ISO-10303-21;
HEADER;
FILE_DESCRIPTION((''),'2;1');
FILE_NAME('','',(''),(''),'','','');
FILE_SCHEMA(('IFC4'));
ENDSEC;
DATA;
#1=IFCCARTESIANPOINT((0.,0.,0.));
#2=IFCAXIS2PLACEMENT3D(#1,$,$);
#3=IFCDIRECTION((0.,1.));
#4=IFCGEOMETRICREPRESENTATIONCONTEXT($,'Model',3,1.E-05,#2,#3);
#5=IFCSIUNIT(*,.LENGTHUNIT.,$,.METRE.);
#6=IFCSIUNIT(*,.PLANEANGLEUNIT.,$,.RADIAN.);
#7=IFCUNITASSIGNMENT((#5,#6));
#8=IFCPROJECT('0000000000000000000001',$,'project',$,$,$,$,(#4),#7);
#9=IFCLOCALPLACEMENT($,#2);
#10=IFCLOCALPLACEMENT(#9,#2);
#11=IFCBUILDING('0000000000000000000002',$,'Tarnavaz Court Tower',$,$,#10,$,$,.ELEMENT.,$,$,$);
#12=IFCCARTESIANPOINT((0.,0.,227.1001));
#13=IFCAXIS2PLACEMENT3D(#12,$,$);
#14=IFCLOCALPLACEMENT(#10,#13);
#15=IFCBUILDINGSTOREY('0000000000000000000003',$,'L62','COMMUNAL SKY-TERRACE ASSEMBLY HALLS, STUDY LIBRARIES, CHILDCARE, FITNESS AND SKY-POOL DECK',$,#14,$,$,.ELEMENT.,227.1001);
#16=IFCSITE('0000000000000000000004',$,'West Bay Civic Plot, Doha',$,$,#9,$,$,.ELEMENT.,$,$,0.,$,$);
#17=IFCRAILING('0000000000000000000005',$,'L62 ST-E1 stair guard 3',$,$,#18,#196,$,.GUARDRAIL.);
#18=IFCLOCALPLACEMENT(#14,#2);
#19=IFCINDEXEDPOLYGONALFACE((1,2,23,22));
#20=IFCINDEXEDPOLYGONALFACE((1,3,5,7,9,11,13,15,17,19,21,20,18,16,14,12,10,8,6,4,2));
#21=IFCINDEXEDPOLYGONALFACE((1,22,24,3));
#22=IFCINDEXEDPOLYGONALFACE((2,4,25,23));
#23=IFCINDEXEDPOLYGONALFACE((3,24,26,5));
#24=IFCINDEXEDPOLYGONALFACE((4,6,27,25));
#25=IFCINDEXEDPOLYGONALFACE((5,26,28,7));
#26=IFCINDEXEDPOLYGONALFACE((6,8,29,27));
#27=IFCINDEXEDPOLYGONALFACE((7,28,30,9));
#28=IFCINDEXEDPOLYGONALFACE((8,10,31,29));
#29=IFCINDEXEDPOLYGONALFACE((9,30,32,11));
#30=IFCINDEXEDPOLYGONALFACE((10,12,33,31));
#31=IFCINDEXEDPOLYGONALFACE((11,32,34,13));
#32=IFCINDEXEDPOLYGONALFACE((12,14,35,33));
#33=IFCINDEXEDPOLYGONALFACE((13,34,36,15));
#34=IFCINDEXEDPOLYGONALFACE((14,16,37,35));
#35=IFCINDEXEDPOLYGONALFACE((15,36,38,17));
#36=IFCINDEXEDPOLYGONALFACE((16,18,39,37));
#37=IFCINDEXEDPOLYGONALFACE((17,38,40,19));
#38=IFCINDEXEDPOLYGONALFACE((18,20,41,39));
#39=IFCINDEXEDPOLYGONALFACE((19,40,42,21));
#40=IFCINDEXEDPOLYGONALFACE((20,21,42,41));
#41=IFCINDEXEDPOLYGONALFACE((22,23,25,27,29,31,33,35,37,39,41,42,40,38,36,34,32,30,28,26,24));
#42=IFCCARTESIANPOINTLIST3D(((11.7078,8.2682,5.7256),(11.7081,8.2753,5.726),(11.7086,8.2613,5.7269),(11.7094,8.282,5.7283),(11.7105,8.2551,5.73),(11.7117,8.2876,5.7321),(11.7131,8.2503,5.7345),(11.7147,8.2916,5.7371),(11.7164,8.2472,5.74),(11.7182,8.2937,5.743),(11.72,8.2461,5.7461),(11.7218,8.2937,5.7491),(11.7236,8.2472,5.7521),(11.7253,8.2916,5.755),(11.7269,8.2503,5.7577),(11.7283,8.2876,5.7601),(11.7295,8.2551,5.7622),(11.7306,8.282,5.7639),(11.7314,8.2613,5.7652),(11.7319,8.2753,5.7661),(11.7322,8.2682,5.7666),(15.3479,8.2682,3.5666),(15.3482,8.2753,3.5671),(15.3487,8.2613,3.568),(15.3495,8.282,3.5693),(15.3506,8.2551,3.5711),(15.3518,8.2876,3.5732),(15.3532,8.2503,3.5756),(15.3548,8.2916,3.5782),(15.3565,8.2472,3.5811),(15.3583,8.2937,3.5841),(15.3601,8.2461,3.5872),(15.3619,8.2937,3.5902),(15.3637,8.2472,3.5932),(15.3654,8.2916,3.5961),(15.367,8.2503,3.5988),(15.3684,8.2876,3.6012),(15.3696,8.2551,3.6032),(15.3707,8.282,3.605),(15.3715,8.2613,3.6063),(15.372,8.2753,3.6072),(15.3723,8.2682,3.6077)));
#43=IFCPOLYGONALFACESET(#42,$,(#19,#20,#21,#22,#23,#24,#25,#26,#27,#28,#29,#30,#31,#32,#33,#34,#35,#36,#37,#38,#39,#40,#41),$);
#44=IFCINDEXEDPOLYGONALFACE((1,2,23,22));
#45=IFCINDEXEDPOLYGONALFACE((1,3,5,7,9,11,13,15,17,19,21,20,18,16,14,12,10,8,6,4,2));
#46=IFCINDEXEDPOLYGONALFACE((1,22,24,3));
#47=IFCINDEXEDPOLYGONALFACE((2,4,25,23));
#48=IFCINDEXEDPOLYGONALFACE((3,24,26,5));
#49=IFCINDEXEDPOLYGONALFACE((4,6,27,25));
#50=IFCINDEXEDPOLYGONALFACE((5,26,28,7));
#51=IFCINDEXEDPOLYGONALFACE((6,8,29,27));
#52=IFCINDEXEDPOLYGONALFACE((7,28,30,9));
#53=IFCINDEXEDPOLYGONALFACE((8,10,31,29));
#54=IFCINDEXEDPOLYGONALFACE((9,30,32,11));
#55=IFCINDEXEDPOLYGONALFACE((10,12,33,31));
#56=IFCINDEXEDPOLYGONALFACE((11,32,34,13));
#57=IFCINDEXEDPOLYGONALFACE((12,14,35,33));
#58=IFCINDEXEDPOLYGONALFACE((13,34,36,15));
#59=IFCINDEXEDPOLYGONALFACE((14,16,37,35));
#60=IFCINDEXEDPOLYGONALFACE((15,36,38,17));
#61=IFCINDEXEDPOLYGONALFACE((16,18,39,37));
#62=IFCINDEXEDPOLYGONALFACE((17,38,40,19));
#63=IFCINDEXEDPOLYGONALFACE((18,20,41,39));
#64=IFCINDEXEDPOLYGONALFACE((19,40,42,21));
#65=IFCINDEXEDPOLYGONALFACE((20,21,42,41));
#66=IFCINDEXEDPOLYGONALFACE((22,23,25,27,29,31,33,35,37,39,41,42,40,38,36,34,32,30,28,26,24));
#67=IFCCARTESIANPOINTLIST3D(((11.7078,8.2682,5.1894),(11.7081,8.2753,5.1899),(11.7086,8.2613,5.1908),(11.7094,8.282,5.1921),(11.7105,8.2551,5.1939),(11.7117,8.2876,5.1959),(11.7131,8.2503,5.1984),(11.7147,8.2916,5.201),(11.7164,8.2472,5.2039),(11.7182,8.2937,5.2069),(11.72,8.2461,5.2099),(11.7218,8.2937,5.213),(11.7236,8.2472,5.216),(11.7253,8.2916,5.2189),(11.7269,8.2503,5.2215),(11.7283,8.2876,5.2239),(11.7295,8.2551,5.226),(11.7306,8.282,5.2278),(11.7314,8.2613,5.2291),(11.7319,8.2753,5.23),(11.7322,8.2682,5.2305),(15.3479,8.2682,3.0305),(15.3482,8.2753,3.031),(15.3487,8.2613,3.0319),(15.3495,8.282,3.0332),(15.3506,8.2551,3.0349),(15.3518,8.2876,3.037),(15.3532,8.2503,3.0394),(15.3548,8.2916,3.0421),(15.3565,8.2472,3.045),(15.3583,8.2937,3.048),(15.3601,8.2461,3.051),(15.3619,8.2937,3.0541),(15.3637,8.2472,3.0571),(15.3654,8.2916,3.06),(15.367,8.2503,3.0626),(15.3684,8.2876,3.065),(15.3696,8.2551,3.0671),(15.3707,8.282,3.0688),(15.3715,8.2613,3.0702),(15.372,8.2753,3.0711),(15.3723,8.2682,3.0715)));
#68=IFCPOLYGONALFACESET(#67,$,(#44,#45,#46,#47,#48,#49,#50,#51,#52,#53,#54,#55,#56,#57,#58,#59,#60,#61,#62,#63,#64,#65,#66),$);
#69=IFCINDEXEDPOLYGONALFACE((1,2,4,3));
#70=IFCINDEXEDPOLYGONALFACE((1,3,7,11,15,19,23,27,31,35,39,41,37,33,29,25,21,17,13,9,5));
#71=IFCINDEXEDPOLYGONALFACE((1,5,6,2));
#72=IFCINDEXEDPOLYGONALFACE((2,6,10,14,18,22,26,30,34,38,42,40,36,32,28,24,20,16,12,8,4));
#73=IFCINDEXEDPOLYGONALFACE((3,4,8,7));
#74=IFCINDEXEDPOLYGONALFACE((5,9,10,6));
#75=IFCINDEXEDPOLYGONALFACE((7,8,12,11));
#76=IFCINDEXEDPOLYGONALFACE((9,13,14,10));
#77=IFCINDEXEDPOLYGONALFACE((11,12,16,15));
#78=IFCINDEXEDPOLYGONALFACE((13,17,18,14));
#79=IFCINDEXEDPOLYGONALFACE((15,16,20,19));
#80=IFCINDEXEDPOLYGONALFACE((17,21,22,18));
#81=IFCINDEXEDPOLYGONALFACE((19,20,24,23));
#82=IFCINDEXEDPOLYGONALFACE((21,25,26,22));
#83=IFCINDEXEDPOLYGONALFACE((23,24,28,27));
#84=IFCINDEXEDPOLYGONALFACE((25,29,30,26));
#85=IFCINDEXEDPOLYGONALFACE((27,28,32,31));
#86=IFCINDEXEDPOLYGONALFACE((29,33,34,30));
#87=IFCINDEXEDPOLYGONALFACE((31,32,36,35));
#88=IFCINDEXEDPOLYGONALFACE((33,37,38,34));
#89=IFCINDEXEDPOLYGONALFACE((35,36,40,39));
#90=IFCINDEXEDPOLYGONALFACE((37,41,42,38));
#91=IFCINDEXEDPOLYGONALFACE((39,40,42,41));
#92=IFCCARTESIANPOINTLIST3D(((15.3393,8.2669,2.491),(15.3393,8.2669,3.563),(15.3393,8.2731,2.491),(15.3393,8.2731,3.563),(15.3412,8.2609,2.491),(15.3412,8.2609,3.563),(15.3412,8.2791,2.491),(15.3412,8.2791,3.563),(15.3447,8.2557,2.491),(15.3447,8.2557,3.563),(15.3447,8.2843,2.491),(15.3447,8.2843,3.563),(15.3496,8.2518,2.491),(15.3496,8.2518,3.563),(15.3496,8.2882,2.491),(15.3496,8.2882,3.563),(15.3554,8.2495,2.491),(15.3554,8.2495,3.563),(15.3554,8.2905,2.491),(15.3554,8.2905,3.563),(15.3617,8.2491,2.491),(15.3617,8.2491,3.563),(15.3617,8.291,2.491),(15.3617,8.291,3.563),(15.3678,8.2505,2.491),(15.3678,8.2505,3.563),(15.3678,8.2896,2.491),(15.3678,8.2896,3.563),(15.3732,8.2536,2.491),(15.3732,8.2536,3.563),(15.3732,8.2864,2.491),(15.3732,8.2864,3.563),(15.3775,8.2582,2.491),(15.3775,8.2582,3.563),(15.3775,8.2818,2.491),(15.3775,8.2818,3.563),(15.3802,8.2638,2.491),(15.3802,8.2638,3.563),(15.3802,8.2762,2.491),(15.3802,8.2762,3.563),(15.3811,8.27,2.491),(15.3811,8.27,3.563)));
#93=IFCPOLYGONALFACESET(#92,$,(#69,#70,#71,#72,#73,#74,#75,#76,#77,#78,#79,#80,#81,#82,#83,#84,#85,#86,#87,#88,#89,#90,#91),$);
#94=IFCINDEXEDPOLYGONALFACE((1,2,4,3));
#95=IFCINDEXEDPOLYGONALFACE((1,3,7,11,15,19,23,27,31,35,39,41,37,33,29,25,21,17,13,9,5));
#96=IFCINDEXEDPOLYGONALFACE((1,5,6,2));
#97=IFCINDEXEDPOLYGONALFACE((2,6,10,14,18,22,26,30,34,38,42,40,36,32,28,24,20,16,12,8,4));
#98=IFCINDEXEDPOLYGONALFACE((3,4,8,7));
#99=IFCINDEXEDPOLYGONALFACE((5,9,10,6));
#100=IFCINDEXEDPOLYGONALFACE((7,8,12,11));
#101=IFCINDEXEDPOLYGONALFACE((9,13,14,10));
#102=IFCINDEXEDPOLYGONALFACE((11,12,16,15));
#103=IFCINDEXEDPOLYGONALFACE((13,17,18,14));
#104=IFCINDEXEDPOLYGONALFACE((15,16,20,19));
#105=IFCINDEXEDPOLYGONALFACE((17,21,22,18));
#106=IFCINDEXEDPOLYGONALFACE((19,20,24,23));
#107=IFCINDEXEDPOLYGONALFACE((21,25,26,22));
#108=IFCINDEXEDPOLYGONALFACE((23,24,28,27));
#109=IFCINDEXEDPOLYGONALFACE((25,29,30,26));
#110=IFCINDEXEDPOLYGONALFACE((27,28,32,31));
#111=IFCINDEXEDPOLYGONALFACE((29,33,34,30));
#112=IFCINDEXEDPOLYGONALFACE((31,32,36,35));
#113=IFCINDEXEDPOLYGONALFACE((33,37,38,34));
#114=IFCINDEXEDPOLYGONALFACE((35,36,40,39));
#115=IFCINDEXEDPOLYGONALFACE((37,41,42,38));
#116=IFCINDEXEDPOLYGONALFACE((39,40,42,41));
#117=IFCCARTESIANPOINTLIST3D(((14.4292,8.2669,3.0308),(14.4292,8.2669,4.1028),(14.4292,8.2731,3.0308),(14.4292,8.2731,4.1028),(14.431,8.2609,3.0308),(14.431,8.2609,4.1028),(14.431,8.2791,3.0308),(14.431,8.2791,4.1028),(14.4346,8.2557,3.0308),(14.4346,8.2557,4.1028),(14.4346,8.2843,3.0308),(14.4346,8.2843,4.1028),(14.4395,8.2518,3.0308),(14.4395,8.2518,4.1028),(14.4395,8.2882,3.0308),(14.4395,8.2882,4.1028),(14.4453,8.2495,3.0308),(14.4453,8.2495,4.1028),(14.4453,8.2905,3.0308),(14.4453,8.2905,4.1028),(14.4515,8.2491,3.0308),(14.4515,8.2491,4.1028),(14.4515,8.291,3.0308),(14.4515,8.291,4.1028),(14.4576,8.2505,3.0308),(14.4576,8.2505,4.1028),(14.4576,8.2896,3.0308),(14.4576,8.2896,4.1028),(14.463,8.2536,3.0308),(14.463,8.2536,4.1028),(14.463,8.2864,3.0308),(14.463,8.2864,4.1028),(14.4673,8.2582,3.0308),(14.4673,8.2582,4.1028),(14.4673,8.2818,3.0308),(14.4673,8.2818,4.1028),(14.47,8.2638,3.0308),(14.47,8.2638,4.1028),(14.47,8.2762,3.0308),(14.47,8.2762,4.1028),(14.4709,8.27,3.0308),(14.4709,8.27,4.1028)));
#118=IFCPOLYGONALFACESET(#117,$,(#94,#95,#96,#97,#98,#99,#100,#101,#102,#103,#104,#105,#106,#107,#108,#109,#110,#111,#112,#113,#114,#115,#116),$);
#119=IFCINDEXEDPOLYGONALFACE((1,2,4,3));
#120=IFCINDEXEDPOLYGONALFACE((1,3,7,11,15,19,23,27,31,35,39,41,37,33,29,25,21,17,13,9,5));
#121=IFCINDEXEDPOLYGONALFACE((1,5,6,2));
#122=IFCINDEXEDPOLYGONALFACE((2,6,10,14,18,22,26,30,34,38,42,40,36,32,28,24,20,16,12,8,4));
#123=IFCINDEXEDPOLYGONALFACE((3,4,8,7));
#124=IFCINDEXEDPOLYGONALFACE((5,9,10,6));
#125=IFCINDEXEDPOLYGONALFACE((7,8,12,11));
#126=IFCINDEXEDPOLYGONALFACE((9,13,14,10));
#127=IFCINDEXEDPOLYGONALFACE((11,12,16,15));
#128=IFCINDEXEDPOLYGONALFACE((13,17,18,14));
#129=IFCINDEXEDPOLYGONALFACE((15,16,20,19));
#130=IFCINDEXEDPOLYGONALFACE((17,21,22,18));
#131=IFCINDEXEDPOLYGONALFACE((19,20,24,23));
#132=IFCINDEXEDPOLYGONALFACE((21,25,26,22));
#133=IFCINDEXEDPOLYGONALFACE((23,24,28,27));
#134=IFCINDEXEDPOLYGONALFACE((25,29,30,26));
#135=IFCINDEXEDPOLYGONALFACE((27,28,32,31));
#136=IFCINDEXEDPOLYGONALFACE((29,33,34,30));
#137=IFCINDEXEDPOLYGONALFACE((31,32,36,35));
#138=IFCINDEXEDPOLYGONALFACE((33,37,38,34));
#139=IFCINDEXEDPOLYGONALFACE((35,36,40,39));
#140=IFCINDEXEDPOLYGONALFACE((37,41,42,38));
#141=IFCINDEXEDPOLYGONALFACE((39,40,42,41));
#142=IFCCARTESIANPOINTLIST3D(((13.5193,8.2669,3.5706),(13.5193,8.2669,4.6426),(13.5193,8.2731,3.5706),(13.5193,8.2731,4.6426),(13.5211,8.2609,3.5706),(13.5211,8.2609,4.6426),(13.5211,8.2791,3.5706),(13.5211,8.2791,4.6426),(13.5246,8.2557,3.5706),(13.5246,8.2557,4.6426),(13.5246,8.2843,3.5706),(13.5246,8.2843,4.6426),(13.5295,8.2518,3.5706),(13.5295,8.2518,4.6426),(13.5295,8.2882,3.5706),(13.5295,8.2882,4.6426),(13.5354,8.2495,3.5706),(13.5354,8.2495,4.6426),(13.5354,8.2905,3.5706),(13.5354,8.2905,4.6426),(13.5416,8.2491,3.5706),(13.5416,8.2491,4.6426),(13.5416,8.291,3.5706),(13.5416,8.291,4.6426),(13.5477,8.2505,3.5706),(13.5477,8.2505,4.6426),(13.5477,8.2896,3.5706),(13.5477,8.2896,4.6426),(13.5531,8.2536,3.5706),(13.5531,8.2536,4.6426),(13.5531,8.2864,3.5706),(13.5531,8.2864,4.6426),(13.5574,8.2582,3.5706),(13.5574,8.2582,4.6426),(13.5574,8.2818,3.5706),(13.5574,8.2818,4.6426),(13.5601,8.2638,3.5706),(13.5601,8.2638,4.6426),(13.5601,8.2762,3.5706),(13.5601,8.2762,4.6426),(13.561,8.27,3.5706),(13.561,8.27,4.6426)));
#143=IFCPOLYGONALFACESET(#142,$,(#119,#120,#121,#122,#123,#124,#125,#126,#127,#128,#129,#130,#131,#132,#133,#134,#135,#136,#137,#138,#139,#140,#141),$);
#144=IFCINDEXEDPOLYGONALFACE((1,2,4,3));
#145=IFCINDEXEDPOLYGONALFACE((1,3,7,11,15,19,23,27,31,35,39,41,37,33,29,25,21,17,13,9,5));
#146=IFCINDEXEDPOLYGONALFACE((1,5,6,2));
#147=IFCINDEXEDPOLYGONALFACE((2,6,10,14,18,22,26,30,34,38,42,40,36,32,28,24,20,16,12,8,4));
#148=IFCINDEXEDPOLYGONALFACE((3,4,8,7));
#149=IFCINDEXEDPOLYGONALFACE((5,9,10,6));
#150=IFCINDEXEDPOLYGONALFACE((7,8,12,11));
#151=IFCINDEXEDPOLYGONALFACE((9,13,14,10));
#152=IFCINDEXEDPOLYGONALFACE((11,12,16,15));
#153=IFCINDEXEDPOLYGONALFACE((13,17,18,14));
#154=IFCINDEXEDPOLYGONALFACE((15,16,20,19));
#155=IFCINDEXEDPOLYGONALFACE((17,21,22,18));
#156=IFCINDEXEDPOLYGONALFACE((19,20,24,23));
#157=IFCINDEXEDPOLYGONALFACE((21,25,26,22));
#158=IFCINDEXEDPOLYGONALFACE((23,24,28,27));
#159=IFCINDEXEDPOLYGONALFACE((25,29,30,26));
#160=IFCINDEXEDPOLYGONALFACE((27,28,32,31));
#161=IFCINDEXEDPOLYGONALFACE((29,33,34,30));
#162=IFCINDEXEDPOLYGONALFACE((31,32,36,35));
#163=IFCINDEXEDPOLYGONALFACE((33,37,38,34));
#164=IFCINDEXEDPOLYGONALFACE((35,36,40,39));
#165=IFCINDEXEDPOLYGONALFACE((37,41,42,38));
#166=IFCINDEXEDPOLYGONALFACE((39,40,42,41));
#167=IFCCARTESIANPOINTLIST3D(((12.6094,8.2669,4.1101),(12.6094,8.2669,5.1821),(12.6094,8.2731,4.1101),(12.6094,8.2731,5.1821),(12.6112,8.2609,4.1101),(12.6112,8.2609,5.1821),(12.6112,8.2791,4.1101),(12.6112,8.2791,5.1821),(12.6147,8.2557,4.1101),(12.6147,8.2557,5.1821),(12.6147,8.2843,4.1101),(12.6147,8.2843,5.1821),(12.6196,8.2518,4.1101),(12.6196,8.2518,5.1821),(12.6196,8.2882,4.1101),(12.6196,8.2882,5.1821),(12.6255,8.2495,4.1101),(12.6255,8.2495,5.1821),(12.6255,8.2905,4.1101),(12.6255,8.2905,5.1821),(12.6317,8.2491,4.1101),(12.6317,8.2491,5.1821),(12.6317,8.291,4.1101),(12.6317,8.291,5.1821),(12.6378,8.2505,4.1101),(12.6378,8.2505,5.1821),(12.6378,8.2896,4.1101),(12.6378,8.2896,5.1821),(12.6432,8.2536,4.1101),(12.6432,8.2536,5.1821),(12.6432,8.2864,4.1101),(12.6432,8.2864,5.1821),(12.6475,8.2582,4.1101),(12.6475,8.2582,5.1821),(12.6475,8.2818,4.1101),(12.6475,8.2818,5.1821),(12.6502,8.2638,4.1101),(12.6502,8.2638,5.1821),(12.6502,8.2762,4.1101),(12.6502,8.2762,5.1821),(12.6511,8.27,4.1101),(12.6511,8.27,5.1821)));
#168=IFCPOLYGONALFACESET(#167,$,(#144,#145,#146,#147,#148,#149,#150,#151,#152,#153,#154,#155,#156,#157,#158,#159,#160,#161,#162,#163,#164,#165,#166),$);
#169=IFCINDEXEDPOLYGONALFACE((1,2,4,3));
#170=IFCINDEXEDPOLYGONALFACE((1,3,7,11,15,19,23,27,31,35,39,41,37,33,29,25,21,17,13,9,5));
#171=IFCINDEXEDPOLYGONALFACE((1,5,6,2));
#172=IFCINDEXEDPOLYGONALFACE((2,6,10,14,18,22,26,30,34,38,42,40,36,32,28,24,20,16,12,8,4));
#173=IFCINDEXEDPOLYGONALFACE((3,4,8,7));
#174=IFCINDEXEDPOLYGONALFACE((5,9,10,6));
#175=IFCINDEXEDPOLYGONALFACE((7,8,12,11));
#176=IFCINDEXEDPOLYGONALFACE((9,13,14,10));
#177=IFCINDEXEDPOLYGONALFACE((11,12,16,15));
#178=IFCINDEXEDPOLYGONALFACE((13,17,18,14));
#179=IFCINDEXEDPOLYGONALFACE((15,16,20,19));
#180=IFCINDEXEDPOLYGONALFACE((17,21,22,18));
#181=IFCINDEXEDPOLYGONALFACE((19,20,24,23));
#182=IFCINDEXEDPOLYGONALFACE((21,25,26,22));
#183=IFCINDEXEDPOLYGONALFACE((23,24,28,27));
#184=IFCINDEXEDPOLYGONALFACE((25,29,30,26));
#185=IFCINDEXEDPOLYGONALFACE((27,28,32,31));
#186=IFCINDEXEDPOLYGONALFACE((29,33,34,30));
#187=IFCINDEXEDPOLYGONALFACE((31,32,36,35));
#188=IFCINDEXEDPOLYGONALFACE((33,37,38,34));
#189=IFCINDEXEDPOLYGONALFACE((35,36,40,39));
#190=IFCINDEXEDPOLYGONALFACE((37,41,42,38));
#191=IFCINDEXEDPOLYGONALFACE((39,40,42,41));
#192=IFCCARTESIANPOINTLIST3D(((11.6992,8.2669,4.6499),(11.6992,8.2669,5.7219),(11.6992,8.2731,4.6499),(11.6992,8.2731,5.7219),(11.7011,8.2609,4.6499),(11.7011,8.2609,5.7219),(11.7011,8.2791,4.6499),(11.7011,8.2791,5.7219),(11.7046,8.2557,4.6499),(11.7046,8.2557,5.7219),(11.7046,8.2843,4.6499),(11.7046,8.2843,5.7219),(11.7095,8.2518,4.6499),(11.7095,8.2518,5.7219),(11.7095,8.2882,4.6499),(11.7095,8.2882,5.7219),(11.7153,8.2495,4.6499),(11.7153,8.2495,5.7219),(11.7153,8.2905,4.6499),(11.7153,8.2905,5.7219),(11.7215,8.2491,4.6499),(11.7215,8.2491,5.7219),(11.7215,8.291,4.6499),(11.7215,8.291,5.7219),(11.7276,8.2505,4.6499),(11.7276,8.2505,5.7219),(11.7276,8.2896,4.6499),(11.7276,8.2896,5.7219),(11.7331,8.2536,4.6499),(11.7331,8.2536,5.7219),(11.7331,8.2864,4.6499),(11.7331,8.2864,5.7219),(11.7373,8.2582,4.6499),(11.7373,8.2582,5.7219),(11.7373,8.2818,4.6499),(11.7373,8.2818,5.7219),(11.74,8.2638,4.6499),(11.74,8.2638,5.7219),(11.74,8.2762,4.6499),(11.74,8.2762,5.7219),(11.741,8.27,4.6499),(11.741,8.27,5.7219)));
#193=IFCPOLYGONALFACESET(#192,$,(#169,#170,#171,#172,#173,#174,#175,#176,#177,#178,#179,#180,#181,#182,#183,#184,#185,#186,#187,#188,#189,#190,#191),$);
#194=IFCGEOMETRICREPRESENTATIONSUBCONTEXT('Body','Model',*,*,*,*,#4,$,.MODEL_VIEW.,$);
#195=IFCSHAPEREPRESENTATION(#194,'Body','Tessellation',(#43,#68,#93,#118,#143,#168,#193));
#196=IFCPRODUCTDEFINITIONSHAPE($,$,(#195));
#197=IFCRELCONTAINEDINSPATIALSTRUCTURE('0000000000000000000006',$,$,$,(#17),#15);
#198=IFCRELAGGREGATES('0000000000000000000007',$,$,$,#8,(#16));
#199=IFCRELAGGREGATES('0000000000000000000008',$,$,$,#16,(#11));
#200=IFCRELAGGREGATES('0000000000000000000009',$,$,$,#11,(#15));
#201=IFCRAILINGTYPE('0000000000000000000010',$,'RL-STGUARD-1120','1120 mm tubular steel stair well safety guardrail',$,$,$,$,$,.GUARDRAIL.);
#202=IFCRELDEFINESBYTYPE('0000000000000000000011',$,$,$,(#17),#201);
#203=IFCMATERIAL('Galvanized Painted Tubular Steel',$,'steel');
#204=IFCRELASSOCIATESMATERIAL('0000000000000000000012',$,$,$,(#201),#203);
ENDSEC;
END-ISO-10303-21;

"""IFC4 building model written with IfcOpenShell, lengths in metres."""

from ifc_helpers import new_model, si_unit, direction, frame, origin, origin_2d, place, context, subcontext, project, spatial, circle, extrude, material, type_object, element, save


model = new_model("IFC4")

# Units and contexts
model_context = context("Model", 3, precision=1e-05, world=origin(), true_north=direction((0.0, 1.0)))
body_context = subcontext(model_context, "Body", "Model", "MODEL_VIEW")
ifc_project = project(units=[si_unit("LENGTHUNIT", "METRE"), si_unit("PLANEANGLEUNIT", "RADIAN")], contexts=[model_context])

# Site, building, storey
site_placement = place(None, origin())
site = spatial("IfcSite", under=ifc_project, at=site_placement, Name="West Bay Civic Plot, Doha", CompositionType="ELEMENT", RefElevation=0.0)
building_placement = place(site_placement, origin())
building = spatial("IfcBuilding", under=site, at=building_placement, Name="Tarnavaz Court Tower", CompositionType="ELEMENT")
storey_placement = place(building_placement, frame((0.0, 0.0, 227.1001)))
storey = spatial("IfcBuildingStorey", under=building, at=storey_placement, Name="L62", Description="COMMUNAL SKY-TERRACE ASSEMBLY HALLS, STUDY LIBRARIES, CHILDCARE, FITNESS AND SKY-POOL DECK", CompositionType="ELEMENT", Elevation=227.1001)

# Railing
ifc_material_1 = material(Name="Galvanized Painted Tubular Steel", Category="steel")
railing_type_1 = type_object("IfcRailingType", Name="RL-STGUARD-1120", Description="1120 mm tubular steel stair well safety guardrail", PredefinedType="GUARDRAIL", material=ifc_material_1)
railing_1_placement = place(storey_placement, frame((15.3601, 8.27, 2.491)))
element("IfcRailing", 1, at=railing_1_placement, inside=storey, type_object=railing_type_1, Name="L62 ST-E1 stair guard 3", PredefinedType="GUARDRAIL", context=body_context, shape_type="SweptSolid", body=[
    extrude(circle(Radius=0.0239, at=origin_2d()), frame((0.0, 0.0, 1.0962), z_axis=(-0.860103, 0.0, 0.51012), x_axis=(0.0, -1.0, 0.0)), (0.0, 0.0, 1.0), 4.2322),
    extrude(circle(Radius=0.0239, at=origin_2d()), frame((0.0, 0.0, 0.5601), z_axis=(-0.860103, 0.0, 0.51012), x_axis=(0.0, -1.0, 0.0)), (0.0, 0.0, 1.0), 4.2322),
    extrude(circle(Radius=0.021, at=origin_2d()), origin(), (0.0, 0.0, 1.0), 1.072),
    extrude(circle(Radius=0.021, at=origin_2d()), frame((-0.9102, 0.0, 0.5398)), (0.0, 0.0, 1.0), 1.072),
    extrude(circle(Radius=0.021, at=origin_2d()), frame((-1.8201, 0.0, 1.0796)), (0.0, 0.0, 1.0), 1.072),
    extrude(circle(Radius=0.021, at=origin_2d()), frame((-2.73, 0.0, 1.6191)), (0.0, 0.0, 1.0), 1.072),
    extrude(circle(Radius=0.021, at=origin_2d()), frame((-3.6401, 0.0, 2.1589)), (0.0, 0.0, 1.0), 1.072),
])

save(model, "model.ifc")
